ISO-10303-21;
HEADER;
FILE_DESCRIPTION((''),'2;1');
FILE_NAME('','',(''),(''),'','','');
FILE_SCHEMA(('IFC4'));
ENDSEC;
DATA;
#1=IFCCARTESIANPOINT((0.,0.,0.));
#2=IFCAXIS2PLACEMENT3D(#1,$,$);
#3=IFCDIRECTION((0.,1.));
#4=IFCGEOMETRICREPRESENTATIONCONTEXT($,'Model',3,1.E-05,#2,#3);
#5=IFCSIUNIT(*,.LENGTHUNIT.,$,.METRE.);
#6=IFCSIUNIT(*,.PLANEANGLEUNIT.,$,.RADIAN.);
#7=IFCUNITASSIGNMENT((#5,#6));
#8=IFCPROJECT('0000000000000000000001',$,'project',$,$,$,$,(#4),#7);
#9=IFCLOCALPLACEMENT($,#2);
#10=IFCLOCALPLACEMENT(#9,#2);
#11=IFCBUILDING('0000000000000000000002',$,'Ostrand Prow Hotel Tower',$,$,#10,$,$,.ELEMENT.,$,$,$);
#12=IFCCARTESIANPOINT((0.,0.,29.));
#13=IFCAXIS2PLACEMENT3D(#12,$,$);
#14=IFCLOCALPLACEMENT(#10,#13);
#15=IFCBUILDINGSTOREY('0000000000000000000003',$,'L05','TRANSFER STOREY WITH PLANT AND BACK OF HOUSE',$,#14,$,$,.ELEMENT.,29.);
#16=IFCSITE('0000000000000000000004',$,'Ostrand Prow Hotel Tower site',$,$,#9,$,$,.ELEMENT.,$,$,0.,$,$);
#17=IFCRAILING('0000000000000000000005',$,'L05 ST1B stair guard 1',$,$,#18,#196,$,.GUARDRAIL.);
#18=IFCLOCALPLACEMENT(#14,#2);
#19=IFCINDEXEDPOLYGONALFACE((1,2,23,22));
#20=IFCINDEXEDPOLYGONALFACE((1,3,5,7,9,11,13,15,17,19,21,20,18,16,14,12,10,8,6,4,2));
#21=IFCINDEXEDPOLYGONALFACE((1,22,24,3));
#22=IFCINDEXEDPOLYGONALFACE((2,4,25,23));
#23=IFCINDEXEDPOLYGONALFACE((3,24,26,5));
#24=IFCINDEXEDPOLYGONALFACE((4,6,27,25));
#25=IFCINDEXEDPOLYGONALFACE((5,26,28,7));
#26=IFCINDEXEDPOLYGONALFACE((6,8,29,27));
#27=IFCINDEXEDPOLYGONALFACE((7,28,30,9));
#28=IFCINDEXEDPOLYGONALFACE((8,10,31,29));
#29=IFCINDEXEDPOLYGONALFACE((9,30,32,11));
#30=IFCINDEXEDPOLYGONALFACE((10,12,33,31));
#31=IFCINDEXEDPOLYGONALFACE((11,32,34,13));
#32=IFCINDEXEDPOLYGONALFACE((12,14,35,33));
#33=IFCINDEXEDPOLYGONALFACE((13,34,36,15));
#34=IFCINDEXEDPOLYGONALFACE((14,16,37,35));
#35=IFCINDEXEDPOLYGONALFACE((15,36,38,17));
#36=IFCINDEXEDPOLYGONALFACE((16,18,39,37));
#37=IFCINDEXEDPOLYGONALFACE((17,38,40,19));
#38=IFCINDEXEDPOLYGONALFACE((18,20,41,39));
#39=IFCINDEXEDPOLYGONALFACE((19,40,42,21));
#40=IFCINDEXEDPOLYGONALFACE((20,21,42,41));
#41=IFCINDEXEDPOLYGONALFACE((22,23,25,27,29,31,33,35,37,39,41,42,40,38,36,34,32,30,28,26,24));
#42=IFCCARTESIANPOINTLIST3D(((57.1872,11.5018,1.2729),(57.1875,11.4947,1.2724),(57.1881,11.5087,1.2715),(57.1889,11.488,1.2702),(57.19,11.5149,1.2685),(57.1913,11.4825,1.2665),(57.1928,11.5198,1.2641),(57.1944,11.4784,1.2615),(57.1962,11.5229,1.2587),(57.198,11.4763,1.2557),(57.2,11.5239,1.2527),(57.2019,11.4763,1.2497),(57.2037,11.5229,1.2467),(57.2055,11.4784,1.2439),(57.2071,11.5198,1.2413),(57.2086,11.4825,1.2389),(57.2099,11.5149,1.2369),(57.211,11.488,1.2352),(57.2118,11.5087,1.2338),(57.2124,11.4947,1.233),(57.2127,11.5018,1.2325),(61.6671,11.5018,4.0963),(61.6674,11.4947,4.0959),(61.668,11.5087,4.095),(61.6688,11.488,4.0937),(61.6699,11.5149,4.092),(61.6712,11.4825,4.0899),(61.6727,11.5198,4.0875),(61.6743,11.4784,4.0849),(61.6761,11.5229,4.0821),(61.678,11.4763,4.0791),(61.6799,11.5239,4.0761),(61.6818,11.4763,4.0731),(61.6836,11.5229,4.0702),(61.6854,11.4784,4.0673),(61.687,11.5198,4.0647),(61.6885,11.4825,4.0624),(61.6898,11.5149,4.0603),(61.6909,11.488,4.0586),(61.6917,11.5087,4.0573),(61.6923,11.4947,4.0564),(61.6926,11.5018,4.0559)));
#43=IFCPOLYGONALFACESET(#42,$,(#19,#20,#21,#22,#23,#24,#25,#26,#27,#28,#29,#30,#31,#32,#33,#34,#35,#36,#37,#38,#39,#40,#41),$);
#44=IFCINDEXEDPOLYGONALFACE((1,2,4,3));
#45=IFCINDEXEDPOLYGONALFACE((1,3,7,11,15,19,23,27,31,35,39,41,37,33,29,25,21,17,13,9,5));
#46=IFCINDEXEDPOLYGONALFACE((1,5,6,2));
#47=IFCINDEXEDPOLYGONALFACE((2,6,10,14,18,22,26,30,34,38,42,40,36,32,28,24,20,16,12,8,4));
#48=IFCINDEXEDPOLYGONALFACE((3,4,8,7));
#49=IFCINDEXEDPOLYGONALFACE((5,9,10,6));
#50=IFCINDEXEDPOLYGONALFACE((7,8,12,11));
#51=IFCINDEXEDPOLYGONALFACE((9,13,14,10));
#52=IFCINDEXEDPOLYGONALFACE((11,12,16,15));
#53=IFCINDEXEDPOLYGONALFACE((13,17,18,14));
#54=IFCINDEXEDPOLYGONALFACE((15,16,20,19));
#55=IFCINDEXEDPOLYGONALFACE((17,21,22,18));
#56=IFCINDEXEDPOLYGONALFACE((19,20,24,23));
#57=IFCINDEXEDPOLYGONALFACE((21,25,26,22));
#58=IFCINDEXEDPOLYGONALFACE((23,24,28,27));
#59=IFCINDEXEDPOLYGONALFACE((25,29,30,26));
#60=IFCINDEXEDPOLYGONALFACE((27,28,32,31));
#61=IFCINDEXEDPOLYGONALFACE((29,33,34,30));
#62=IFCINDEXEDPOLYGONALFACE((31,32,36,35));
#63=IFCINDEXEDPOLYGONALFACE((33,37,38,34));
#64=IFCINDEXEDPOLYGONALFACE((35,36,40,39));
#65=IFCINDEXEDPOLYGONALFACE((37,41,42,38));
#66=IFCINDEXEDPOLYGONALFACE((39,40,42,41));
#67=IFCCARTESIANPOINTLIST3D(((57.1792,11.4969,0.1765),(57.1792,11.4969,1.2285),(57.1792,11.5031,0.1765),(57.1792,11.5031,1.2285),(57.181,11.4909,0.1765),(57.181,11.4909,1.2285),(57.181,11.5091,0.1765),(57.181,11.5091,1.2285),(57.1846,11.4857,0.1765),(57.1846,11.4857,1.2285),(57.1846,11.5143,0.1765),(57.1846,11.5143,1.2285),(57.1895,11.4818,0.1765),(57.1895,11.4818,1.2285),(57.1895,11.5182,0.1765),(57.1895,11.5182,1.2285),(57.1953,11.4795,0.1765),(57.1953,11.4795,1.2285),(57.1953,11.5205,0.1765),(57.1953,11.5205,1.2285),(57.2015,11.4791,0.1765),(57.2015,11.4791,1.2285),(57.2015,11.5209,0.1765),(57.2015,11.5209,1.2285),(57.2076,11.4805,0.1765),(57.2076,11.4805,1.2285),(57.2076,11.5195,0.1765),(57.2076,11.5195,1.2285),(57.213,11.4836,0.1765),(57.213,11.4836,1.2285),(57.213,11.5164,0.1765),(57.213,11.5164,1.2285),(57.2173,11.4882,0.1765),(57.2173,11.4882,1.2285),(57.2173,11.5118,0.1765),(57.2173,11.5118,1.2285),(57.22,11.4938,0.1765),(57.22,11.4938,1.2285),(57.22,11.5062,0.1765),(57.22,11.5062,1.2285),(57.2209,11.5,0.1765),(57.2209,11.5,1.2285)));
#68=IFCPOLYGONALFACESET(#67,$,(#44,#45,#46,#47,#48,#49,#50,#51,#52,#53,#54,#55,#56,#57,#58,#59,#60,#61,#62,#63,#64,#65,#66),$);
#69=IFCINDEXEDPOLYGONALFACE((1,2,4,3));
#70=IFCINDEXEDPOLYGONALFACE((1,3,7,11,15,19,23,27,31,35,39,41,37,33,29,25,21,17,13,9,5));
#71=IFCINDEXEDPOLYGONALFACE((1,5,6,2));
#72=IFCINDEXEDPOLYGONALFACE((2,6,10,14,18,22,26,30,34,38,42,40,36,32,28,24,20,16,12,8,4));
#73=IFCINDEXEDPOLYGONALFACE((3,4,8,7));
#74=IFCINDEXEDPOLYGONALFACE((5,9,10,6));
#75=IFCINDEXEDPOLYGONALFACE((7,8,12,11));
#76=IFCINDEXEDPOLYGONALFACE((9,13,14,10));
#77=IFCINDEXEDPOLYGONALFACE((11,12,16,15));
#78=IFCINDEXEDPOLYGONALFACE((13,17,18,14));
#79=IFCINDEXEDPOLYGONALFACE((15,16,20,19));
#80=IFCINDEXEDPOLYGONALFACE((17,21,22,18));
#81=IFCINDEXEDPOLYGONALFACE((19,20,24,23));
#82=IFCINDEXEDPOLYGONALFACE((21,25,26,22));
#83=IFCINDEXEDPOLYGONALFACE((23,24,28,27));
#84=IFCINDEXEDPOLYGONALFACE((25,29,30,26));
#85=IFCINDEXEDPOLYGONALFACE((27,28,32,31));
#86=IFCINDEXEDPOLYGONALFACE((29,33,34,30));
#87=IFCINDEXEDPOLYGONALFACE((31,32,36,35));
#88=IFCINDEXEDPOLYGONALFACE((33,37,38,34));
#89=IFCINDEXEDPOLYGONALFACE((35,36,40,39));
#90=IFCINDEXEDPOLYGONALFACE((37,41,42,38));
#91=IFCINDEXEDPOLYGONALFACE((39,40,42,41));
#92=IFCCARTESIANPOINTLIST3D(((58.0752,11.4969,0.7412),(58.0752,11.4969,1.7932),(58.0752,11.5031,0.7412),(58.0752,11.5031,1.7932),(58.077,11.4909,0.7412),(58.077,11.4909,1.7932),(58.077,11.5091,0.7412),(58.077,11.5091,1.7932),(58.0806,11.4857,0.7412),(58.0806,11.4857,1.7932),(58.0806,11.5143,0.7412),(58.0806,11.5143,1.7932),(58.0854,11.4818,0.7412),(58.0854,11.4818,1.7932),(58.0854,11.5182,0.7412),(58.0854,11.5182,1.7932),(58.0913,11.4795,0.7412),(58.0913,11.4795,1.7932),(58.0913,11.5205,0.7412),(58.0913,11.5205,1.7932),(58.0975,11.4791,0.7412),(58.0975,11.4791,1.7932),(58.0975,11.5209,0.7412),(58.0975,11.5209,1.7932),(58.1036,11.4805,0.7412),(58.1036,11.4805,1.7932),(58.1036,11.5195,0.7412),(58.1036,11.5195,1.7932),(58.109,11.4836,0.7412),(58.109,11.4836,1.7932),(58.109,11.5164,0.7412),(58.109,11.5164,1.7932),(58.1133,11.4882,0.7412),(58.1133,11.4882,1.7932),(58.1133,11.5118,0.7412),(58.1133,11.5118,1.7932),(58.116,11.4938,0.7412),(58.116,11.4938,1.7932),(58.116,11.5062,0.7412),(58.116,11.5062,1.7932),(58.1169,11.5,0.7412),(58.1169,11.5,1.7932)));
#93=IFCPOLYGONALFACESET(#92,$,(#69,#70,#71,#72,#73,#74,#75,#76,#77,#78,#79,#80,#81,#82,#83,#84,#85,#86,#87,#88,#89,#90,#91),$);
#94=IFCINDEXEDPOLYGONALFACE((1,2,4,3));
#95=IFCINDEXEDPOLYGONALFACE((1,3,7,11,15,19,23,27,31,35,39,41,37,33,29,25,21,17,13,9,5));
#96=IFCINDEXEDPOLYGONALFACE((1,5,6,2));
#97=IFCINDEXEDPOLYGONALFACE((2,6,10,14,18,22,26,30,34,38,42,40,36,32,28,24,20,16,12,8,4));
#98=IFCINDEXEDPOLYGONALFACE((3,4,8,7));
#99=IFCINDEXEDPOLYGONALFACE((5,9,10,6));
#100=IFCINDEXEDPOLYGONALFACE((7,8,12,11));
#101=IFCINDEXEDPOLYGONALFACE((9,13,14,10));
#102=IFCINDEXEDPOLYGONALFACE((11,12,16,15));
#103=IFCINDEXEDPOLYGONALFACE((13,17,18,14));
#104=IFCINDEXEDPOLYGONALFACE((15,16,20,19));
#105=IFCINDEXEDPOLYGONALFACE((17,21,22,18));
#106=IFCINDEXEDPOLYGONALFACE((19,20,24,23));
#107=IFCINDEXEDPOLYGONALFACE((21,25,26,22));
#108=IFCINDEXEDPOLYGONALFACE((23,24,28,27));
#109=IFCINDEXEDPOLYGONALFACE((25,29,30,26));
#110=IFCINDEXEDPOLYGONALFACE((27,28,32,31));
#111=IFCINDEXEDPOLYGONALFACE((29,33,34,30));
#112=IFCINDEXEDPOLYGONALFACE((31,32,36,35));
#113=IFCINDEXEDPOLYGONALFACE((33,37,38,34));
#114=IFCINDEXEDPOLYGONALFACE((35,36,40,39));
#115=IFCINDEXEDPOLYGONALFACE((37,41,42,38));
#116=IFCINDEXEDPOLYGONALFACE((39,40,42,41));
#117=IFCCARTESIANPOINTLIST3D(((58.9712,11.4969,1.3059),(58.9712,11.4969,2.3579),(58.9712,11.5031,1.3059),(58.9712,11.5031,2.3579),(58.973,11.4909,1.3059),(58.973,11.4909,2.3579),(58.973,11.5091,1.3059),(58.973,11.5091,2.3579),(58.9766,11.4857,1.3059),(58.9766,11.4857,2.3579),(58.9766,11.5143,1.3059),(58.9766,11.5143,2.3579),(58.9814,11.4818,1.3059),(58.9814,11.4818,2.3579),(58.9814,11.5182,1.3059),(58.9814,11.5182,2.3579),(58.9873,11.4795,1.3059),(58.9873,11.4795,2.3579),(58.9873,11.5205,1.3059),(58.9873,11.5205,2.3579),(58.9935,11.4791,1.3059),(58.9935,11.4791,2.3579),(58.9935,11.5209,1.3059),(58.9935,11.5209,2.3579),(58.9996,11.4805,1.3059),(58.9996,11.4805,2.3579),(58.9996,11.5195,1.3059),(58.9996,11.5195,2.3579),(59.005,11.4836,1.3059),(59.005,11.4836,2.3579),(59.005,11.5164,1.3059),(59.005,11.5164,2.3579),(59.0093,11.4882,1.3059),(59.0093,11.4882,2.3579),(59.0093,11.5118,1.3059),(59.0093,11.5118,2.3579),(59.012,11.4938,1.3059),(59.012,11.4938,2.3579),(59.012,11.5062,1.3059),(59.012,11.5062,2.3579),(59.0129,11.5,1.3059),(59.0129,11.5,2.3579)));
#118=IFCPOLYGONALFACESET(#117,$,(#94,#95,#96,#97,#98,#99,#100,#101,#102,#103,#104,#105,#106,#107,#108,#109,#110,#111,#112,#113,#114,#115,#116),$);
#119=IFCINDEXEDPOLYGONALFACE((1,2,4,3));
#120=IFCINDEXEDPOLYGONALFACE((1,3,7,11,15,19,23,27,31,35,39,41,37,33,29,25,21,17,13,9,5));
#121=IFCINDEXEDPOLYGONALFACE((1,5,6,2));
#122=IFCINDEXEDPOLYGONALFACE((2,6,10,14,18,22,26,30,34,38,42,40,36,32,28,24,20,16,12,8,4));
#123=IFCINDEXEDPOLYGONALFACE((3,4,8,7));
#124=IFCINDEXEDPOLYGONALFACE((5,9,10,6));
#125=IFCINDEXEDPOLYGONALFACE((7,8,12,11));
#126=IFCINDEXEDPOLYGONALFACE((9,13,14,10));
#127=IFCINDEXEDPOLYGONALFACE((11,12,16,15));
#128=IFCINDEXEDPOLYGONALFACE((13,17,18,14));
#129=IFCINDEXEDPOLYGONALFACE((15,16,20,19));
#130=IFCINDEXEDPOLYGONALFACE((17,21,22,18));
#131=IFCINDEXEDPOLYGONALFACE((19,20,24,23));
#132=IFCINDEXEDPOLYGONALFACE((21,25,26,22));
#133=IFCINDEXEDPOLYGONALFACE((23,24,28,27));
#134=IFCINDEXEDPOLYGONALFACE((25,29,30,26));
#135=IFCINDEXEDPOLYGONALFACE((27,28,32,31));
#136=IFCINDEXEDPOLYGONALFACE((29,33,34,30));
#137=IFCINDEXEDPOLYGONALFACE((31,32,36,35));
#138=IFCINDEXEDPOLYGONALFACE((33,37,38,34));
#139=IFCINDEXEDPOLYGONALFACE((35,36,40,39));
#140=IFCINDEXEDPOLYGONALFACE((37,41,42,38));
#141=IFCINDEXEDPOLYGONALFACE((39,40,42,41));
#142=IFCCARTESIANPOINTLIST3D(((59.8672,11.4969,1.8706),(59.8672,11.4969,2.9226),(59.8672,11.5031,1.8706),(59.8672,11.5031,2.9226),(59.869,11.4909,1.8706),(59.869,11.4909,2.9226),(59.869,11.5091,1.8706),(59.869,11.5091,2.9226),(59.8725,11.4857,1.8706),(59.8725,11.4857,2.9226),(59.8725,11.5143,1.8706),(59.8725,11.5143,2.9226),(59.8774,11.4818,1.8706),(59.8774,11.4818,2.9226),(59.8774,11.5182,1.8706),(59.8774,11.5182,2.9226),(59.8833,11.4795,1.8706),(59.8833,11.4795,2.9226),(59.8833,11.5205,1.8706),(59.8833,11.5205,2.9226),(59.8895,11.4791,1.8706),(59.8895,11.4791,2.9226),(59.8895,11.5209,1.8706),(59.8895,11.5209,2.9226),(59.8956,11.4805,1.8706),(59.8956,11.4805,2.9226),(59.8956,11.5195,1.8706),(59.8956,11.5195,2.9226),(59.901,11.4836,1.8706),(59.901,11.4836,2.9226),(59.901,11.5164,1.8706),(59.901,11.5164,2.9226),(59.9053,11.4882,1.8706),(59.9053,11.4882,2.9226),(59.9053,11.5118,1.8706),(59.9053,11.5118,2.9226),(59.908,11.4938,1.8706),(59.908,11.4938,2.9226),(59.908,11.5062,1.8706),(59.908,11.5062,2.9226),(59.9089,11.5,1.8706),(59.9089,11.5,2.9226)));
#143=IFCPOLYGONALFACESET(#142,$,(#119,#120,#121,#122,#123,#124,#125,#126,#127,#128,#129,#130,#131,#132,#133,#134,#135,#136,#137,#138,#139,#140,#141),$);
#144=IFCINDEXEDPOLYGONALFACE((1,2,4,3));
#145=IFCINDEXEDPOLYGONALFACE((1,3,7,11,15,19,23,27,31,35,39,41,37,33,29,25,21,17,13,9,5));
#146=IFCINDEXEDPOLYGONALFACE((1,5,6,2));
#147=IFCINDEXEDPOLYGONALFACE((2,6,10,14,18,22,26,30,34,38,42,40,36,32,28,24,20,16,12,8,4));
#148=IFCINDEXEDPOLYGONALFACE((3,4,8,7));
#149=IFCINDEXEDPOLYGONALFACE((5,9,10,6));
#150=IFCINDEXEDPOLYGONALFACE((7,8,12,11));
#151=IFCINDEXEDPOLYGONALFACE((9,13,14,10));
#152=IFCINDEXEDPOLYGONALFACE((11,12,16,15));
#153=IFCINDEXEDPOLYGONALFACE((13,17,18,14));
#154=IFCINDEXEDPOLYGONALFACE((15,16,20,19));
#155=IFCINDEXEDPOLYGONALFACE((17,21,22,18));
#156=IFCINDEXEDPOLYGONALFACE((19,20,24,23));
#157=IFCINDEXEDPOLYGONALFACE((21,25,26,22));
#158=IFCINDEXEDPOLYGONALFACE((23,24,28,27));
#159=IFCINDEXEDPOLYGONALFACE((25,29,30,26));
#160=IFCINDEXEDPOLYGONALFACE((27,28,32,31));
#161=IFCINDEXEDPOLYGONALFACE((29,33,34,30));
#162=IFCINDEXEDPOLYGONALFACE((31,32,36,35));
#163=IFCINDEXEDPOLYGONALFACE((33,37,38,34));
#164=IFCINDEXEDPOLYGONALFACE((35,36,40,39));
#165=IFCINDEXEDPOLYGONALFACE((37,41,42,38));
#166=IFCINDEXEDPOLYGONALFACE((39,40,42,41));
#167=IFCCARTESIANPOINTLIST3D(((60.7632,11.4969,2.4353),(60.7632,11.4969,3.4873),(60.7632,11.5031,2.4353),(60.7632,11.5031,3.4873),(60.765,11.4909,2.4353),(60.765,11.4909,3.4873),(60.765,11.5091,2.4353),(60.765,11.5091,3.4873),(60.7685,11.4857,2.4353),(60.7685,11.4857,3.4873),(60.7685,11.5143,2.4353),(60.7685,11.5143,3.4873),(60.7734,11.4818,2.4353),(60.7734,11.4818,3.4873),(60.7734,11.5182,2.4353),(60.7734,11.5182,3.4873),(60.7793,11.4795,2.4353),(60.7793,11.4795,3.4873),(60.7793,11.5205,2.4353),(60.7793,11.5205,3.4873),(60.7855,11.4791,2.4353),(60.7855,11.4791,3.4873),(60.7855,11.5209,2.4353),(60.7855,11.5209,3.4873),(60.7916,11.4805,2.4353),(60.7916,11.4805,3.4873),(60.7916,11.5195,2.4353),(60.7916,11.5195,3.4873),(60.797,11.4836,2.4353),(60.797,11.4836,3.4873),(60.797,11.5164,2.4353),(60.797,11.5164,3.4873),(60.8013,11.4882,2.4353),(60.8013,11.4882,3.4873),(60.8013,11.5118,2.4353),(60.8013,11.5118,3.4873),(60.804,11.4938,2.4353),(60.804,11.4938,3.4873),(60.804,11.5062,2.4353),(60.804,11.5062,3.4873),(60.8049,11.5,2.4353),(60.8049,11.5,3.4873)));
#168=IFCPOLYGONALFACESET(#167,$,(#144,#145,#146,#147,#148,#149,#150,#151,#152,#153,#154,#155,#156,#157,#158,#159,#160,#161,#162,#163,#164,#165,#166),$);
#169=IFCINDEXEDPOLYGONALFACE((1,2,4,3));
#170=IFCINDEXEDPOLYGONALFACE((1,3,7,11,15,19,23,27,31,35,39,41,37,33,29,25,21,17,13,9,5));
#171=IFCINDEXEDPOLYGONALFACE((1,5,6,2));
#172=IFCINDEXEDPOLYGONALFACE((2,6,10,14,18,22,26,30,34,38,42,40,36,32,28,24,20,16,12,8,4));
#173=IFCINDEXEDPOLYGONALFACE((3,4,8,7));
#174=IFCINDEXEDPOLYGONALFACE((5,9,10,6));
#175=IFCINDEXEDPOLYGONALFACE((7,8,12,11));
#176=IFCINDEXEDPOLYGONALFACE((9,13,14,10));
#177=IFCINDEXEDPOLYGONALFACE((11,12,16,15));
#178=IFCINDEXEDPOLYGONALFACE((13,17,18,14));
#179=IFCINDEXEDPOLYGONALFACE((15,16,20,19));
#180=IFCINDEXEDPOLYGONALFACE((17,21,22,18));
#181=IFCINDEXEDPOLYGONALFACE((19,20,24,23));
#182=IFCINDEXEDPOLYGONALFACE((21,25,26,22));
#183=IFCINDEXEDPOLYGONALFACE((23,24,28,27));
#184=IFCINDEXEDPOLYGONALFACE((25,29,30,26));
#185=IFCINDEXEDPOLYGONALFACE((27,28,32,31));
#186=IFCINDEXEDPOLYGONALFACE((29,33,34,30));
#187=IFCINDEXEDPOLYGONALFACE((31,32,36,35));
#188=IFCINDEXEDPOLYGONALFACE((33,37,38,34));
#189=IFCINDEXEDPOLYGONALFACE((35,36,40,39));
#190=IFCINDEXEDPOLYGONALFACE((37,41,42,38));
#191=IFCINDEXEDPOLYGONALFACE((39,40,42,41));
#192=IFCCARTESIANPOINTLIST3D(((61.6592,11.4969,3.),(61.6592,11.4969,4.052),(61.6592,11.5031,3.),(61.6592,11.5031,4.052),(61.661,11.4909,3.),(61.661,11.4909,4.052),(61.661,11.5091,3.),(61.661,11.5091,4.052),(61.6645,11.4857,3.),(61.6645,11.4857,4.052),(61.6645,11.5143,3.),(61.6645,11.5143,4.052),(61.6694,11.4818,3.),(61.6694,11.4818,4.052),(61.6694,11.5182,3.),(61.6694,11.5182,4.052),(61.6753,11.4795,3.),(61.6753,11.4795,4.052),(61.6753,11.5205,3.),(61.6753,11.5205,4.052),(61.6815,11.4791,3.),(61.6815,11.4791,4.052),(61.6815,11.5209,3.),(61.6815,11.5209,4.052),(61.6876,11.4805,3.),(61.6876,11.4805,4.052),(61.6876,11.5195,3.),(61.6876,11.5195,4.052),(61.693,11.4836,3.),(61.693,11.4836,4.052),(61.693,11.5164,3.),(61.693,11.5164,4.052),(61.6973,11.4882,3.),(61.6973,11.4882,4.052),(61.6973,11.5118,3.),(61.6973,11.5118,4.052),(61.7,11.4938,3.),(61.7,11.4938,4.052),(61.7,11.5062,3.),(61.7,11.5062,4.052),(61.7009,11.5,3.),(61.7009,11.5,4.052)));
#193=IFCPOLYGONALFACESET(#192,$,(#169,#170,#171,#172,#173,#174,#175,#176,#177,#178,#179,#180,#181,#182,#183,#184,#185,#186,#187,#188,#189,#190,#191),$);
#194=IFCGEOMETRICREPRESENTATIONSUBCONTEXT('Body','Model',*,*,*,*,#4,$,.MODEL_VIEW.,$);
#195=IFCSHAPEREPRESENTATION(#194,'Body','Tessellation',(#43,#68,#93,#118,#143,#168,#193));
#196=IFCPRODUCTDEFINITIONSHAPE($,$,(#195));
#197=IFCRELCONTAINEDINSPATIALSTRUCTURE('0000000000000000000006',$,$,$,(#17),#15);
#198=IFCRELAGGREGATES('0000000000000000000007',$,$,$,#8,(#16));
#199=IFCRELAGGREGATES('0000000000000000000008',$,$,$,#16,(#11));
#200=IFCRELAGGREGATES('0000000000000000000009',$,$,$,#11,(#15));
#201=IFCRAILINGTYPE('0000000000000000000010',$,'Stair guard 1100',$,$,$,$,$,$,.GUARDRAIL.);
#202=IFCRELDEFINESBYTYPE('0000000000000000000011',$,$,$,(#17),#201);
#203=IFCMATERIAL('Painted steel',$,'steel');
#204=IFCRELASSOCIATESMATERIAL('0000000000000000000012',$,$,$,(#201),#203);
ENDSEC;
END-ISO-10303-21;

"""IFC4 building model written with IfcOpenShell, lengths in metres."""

from ifc_helpers import new_model, si_unit, direction, frame, origin, origin_2d, place, context, subcontext, project, spatial, circle, extrude, material, type_object, element, save


model = new_model("IFC4")

# Units and contexts
model_context = context("Model", 3, precision=1e-05, world=origin(), true_north=direction((0.0, 1.0)))
body_context = subcontext(model_context, "Body", "Model", "MODEL_VIEW")
ifc_project = project(units=[si_unit("LENGTHUNIT", "METRE"), si_unit("PLANEANGLEUNIT", "RADIAN")], contexts=[model_context])

# Site, building, storey
site_placement = place(None, origin())
site = spatial("IfcSite", under=ifc_project, at=site_placement, Name="Ostrand Prow Hotel Tower site", CompositionType="ELEMENT", RefElevation=0.0)
building_placement = place(site_placement, origin())
building = spatial("IfcBuilding", under=site, at=building_placement, Name="Ostrand Prow Hotel Tower", CompositionType="ELEMENT")
storey_placement = place(building_placement, frame((0.0, 0.0, 29.0)))
storey = spatial("IfcBuildingStorey", under=building, at=storey_placement, Name="L05", Description="TRANSFER STOREY WITH PLANT AND BACK OF HOUSE", CompositionType="ELEMENT", Elevation=29.0)

# Railing
ifc_material_1 = material(Name="Painted steel", Category="steel")
railing_type_1 = type_object("IfcRailingType", Name="Stair guard 1100", PredefinedType="GUARDRAIL", material=ifc_material_1)
railing_1_placement = place(storey_placement, frame((57.2, 11.5, 0.1765)))
element("IfcRailing", 1, at=railing_1_placement, inside=storey, type_object=railing_type_1, Name="L05 ST1B stair guard 1", PredefinedType="GUARDRAIL", context=body_context, shape_type="SweptSolid", body=[
    extrude(circle(Radius=0.0239, at=origin_2d()), frame((0.0, 0.0, 1.0762), z_axis=(0.845998, 0.0, 0.533186), x_axis=(0.0, 1.0, 0.0)), (0.0, 0.0, 1.0), 5.2954),
    extrude(circle(Radius=0.021, at=origin_2d()), origin(), (0.0, 0.0, 1.0), 1.052),
    extrude(circle(Radius=0.021, at=origin_2d()), frame((0.896, 0.0, 0.5647)), (0.0, 0.0, 1.0), 1.052),
    extrude(circle(Radius=0.021, at=origin_2d()), frame((1.792, 0.0, 1.1294)), (0.0, 0.0, 1.0), 1.052),
    extrude(circle(Radius=0.021, at=origin_2d()), frame((2.688, 0.0, 1.6941)), (0.0, 0.0, 1.0), 1.052),
    extrude(circle(Radius=0.021, at=origin_2d()), frame((3.584, 0.0, 2.2588)), (0.0, 0.0, 1.0), 1.052),
    extrude(circle(Radius=0.021, at=origin_2d()), frame((4.48, 0.0, 2.8235)), (0.0, 0.0, 1.0), 1.052),
])

save(model, "model.ifc")
